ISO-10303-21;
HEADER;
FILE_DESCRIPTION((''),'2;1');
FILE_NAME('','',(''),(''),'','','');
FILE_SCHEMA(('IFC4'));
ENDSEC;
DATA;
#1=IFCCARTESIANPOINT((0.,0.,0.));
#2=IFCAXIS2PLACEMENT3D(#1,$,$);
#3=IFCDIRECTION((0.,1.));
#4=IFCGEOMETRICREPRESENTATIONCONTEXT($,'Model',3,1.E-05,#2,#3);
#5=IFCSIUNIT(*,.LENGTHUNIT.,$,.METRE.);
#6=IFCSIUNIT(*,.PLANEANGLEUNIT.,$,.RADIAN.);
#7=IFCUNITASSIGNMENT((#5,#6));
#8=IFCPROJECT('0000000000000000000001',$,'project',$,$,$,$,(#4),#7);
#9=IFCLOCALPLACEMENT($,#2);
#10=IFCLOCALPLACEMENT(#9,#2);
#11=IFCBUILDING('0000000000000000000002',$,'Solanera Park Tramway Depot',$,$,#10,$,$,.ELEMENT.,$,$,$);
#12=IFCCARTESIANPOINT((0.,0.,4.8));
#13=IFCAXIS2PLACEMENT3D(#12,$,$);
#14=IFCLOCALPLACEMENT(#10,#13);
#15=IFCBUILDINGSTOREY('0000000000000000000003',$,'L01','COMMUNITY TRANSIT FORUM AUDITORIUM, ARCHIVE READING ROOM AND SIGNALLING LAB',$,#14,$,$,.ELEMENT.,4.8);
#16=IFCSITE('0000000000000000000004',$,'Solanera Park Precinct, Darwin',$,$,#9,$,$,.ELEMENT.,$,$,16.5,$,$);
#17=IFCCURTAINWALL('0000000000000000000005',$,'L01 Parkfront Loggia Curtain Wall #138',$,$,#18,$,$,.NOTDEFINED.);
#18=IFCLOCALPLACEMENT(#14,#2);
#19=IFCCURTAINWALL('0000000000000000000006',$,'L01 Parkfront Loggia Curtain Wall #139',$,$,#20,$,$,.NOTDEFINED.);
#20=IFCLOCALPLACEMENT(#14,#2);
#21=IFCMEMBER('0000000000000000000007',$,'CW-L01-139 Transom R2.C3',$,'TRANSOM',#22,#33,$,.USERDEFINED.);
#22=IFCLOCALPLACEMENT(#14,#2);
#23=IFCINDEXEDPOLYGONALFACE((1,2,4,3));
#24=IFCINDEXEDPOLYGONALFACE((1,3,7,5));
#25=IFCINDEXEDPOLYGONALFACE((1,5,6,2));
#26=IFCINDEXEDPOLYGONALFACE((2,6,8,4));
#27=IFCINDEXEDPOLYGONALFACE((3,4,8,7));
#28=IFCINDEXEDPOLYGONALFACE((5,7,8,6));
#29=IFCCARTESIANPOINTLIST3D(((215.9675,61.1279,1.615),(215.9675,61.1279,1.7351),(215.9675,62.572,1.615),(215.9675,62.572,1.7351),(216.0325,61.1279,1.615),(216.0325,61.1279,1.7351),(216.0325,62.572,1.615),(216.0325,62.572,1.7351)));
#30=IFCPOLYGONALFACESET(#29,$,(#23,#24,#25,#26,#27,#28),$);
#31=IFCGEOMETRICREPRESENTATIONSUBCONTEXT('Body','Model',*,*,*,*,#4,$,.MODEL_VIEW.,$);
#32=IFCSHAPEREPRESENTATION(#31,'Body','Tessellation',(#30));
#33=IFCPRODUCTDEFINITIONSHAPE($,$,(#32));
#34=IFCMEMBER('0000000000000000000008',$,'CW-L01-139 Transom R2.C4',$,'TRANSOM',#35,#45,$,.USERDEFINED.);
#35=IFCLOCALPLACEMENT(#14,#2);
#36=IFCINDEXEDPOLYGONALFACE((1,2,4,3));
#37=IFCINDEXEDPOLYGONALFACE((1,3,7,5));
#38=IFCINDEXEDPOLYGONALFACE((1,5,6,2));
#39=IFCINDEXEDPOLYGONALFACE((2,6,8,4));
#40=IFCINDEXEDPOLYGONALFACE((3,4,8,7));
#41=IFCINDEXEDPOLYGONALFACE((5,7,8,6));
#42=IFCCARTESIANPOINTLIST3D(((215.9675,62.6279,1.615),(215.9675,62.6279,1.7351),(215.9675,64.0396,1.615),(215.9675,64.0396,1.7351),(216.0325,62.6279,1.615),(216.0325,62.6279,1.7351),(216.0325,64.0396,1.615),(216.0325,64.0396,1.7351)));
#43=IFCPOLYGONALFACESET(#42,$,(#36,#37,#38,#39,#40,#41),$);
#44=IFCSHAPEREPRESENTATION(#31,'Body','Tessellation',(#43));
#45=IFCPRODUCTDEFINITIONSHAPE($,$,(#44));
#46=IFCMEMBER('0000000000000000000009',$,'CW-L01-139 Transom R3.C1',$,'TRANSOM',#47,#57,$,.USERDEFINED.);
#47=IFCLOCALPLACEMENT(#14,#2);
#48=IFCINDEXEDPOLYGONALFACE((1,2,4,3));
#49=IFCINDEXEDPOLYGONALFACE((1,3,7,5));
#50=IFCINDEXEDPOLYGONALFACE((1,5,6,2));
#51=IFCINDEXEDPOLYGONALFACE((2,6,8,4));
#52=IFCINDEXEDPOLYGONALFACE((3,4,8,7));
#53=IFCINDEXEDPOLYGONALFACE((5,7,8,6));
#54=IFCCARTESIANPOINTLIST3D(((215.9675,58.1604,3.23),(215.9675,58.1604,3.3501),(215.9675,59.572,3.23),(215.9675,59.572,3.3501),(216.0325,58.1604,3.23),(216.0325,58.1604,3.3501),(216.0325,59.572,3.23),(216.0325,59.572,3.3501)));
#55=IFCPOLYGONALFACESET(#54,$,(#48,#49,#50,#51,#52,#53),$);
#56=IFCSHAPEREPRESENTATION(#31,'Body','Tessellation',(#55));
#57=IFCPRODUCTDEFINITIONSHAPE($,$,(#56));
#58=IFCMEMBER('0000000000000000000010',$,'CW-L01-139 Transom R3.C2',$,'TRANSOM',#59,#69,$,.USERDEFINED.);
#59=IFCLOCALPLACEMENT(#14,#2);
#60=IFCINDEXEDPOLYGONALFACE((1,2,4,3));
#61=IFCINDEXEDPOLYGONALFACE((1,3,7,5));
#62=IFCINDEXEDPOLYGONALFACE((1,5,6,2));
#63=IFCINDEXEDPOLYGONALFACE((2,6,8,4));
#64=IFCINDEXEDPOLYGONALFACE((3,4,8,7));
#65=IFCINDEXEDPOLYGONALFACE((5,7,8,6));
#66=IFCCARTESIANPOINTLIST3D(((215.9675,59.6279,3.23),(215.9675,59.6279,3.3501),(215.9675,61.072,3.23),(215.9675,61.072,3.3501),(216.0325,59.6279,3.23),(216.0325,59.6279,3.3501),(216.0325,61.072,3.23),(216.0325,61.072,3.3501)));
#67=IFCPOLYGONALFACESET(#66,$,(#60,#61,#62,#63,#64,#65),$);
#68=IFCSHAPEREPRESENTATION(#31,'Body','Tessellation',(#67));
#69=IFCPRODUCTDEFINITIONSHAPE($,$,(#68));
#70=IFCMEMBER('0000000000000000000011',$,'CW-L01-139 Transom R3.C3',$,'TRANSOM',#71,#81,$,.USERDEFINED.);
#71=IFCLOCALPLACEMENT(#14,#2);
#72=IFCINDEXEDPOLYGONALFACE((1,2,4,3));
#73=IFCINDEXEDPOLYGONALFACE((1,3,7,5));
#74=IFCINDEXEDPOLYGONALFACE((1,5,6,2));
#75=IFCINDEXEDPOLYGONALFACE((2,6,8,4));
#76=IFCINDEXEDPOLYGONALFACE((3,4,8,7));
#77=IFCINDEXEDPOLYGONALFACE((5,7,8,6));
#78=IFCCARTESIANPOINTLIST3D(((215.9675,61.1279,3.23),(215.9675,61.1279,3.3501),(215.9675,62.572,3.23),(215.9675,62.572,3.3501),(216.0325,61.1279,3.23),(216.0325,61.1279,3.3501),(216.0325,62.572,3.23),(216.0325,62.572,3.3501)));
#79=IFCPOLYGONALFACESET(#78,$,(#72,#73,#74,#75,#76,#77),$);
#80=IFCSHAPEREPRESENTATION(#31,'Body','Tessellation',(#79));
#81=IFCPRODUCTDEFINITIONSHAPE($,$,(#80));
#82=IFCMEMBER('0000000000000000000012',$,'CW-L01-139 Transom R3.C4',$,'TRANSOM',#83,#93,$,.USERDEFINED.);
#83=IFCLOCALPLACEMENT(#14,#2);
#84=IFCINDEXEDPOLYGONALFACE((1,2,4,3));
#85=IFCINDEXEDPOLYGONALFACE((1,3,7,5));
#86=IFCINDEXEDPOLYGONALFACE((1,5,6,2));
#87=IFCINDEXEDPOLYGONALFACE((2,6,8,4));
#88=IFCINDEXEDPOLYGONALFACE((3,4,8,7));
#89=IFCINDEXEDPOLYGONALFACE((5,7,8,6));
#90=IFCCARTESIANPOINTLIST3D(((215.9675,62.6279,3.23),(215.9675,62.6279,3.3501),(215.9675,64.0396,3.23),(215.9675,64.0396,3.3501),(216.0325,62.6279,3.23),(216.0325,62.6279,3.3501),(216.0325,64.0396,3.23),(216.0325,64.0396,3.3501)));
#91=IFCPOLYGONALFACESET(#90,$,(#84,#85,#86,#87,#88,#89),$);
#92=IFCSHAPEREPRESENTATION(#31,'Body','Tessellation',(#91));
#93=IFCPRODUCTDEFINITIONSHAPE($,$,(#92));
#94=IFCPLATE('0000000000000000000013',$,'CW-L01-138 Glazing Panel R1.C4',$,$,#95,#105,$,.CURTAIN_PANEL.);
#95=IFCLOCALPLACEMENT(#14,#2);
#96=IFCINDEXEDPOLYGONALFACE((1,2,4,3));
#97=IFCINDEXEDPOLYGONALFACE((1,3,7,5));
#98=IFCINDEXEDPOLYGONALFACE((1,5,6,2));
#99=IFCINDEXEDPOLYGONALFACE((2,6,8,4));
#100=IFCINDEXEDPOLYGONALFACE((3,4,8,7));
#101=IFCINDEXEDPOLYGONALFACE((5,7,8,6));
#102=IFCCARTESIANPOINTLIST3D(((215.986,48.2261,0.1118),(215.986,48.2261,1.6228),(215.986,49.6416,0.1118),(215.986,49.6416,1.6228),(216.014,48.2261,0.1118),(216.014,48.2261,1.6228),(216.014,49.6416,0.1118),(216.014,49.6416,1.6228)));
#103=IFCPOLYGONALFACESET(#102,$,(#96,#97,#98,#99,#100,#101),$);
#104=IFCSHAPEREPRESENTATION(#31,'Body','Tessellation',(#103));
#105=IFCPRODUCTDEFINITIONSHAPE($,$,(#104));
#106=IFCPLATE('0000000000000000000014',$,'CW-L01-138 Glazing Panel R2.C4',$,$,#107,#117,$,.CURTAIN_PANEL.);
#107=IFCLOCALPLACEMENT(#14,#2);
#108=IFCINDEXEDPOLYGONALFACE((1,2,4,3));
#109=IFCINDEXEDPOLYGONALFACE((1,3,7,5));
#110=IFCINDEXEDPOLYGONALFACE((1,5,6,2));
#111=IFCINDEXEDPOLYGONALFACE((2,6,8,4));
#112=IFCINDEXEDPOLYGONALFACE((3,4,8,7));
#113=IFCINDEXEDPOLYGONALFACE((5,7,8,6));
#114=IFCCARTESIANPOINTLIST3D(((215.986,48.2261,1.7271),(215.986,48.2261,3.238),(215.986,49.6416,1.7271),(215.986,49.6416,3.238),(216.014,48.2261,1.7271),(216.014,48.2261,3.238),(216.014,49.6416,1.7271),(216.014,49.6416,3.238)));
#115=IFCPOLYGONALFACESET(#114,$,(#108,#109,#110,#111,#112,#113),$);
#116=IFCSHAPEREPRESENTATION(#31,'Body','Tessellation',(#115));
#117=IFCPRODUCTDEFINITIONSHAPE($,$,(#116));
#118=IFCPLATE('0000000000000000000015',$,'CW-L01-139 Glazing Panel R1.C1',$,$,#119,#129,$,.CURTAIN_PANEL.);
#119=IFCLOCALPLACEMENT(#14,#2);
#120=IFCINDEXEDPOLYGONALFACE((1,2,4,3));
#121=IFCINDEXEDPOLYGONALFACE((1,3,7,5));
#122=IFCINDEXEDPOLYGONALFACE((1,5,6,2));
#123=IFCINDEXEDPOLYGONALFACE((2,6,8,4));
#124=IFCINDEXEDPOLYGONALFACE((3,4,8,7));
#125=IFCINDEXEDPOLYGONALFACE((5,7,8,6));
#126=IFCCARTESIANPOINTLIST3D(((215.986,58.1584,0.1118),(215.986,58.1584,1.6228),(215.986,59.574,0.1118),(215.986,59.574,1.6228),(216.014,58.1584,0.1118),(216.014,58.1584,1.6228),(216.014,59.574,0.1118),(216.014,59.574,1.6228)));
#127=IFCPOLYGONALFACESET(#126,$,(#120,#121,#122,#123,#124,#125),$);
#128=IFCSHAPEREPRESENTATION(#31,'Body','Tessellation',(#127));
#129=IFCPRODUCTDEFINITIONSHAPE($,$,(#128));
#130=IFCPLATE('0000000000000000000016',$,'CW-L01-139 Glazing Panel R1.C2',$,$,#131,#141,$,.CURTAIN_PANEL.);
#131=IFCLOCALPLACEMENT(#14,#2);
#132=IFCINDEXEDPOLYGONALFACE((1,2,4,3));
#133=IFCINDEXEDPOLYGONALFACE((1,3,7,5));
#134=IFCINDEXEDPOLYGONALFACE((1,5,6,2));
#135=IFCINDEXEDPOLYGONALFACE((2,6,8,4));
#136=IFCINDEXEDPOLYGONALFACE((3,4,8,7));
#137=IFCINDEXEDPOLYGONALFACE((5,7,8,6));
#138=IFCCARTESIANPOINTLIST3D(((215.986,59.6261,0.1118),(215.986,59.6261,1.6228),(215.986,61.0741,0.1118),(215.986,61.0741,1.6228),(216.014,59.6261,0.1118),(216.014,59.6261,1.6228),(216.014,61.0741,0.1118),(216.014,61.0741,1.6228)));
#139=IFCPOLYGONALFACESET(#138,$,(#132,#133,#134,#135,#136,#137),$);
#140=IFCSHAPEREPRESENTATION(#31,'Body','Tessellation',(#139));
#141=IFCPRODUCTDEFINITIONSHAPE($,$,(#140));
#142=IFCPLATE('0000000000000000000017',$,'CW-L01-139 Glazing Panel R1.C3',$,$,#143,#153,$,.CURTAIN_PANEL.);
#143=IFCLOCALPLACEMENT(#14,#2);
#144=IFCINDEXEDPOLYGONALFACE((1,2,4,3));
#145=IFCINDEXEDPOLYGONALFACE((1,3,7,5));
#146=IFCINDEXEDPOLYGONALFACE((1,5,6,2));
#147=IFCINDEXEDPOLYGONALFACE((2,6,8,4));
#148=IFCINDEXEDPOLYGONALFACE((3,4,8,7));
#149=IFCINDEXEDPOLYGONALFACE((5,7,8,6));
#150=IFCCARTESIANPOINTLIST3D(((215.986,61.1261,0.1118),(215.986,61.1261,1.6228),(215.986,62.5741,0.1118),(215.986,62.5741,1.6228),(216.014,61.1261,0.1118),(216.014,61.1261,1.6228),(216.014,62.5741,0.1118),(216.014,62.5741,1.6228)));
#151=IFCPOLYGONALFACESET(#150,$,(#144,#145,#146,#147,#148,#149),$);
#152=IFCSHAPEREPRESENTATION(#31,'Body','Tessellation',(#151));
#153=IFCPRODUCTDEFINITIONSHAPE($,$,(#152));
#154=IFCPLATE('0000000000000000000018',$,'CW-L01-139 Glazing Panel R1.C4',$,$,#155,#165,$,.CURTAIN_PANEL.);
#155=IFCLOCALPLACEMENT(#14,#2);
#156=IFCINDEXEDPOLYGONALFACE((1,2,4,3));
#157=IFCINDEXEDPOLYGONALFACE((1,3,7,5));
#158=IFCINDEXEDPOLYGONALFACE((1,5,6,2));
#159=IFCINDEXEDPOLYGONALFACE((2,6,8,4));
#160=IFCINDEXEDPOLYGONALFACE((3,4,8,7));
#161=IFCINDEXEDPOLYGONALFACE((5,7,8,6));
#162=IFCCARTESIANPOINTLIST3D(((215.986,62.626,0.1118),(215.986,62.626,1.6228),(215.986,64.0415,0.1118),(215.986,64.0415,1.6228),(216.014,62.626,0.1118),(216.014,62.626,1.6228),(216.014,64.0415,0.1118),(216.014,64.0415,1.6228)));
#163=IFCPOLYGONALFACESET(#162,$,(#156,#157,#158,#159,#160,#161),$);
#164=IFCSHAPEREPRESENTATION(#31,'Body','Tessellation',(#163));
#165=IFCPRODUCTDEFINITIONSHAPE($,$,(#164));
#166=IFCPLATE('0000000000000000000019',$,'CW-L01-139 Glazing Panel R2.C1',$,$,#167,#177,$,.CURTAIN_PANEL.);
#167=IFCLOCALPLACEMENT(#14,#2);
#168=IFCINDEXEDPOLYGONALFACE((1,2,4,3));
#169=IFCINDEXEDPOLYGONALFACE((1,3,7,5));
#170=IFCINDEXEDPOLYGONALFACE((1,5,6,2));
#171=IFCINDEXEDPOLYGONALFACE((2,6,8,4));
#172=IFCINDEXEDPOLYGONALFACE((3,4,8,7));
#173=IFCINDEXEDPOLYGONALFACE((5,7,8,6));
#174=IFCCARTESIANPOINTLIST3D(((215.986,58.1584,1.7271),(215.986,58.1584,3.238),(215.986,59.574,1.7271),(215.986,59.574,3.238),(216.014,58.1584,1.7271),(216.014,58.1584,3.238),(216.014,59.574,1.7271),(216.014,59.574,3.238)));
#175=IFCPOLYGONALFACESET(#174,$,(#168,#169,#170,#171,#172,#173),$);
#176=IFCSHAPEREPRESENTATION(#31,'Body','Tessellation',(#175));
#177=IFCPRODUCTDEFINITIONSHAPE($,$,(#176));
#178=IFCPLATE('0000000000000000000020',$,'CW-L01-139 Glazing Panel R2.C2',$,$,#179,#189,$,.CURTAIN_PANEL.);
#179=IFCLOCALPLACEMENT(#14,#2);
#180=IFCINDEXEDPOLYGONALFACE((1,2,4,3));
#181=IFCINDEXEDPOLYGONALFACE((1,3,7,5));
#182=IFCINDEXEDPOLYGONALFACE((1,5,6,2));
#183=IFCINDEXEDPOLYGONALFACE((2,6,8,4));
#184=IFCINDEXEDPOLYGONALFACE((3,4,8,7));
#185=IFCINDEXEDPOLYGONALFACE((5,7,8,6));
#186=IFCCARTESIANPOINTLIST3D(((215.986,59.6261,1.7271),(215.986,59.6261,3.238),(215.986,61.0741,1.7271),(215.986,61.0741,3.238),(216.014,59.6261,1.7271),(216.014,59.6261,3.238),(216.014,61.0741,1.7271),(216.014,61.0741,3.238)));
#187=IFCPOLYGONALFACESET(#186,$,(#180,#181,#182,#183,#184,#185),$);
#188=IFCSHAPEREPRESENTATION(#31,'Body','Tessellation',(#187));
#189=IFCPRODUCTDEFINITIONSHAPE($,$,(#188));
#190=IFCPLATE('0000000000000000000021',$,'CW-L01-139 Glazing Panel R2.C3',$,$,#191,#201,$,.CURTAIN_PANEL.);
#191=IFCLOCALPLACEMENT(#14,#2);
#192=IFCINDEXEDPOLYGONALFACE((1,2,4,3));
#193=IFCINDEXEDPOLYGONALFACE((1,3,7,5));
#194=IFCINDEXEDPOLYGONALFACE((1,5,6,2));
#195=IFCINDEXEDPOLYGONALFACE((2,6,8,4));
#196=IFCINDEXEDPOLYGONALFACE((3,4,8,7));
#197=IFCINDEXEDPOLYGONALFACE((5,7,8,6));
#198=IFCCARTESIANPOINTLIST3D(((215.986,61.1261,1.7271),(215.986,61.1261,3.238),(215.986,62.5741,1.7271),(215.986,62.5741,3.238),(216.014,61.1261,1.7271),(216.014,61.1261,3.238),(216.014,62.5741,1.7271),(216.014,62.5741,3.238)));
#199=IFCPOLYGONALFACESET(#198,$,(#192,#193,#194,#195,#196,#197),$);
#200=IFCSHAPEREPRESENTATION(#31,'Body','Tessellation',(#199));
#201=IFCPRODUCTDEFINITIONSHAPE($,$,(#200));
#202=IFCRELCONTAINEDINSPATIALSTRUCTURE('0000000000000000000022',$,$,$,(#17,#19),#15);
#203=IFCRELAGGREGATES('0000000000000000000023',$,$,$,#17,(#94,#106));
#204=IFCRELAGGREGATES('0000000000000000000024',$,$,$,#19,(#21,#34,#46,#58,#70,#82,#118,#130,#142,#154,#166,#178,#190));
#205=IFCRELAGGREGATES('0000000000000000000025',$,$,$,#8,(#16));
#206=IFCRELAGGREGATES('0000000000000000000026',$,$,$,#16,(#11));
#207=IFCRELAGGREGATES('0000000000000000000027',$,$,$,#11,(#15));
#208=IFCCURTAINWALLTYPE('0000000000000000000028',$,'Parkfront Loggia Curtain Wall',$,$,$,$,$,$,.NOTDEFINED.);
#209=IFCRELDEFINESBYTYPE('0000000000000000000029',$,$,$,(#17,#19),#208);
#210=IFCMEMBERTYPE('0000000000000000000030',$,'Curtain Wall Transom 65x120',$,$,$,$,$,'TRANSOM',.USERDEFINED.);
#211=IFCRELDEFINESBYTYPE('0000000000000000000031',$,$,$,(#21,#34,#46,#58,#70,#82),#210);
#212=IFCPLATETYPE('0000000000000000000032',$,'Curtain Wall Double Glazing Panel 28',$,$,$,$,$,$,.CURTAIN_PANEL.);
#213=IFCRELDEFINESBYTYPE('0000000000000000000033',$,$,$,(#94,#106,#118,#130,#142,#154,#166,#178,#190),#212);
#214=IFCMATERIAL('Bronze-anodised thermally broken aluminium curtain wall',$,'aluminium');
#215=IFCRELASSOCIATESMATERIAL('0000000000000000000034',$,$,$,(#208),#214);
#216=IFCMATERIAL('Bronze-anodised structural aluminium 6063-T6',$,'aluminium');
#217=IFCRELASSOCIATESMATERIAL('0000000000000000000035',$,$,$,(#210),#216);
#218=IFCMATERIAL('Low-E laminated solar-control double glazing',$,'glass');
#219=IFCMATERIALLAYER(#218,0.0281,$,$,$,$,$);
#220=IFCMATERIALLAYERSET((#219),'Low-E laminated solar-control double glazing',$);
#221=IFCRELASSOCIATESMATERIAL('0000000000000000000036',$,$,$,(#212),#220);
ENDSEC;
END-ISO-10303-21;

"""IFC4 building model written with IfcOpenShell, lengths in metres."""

from ifc_helpers import new_model, si_unit, direction, frame, origin, origin_2d, place, context, subcontext, project, spatial, rectangle, extrude, material, layer, layer_set, material_profile, profile_set, type_object, element, aggregate, save


model = new_model("IFC4")

# Units and contexts
model_context = context("Model", 3, precision=1e-05, world=origin(), true_north=direction((0.0, 1.0)))
body_context = subcontext(model_context, "Body", "Model", "MODEL_VIEW")
ifc_project = project(units=[si_unit("LENGTHUNIT", "METRE"), si_unit("PLANEANGLEUNIT", "RADIAN")], contexts=[model_context])

# Site, building, storey
site_placement = place(None, origin())
site = spatial("IfcSite", under=ifc_project, at=site_placement, Name="Solanera Park Precinct, Darwin", CompositionType="ELEMENT", RefElevation=16.5)
building_placement = place(site_placement, origin())
building = spatial("IfcBuilding", under=site, at=building_placement, Name="Solanera Park Tramway Depot", CompositionType="ELEMENT")
storey_placement = place(building_placement, frame((0.0, 0.0, 4.8)))
storey = spatial("IfcBuildingStorey", under=building, at=storey_placement, Name="L01", Description="COMMUNITY TRANSIT FORUM AUDITORIUM, ARCHIVE READING ROOM AND SIGNALLING LAB", CompositionType="ELEMENT", Elevation=4.8)

# Curtain wall
ifc_material_1 = material(Name="Bronze-anodised thermally broken aluminium curtain wall", Category="aluminium")
curtain_wall_type = type_object("IfcCurtainWallType", Name="Parkfront Loggia Curtain Wall", PredefinedType="NOTDEFINED", material=ifc_material_1)
curtain_wall_1_placement = place(storey_placement, origin())
curtain_wall_1 = element("IfcCurtainWall", 1, at=curtain_wall_1_placement, inside=storey, type_object=curtain_wall_type, Name="L01 Parkfront Loggia Curtain Wall #138", PredefinedType="NOTDEFINED")

# Curtain wall
curtain_wall_2_placement = place(storey_placement, origin())
curtain_wall_2 = element("IfcCurtainWall", 2, at=curtain_wall_2_placement, inside=storey, type_object=curtain_wall_type, Name="L01 Parkfront Loggia Curtain Wall #139", PredefinedType="NOTDEFINED")

# Members
ifc_material_2 = material(Name="Bronze-anodised structural aluminium 6063-T6", Category="aluminium")
ifc_material_profile_1 = material_profile(ifc_material_2, rectangle(XDim=0.0649, YDim=0.1201, at=origin_2d()), Name="Curtain Wall Transom 65x120")
ifc_profile_set_1 = profile_set([ifc_material_profile_1], Name="Bronze-anodised structural aluminium 6063-T6")
member_type_1 = type_object("IfcMemberType", Name="Curtain Wall Transom 65x120", ElementType="TRANSOM", PredefinedType="USERDEFINED", material=ifc_profile_set_1)
member_1_placement = place(storey_placement, frame((216.0, 61.1279, 1.675), z_axis=(0.0, 1.0, 0.0), x_axis=(-1.0, 0.0, 0.0)))
member_1 = element("IfcMember", 3, at=member_1_placement, type_object=member_type_1, Name="CW-L01-139 Transom R2.C3", ObjectType="TRANSOM", PredefinedType="USERDEFINED", context=body_context, shape_type="SweptSolid", body=[
    extrude(rectangle(XDim=0.0649, YDim=0.1201, at=origin_2d()), origin(), (0.0, 0.0, 1.0), 1.4441),
])
member_2_placement = place(storey_placement, frame((216.0, 62.6279, 1.675), z_axis=(0.0, 1.0, 0.0), x_axis=(-1.0, 0.0, 0.0)))
member_2 = element("IfcMember", 4, at=member_2_placement, type_object=member_type_1, Name="CW-L01-139 Transom R2.C4", ObjectType="TRANSOM", PredefinedType="USERDEFINED", context=body_context, shape_type="SweptSolid", body=[
    extrude(rectangle(XDim=0.0649, YDim=0.1201, at=origin_2d()), origin(), (0.0, 0.0, 1.0), 1.4116),
])
member_3_placement = place(storey_placement, frame((216.0, 58.1604, 3.29), z_axis=(0.0, 1.0, 0.0), x_axis=(-1.0, 0.0, 0.0)))
member_3 = element("IfcMember", 5, at=member_3_placement, type_object=member_type_1, Name="CW-L01-139 Transom R3.C1", ObjectType="TRANSOM", PredefinedType="USERDEFINED", context=body_context, shape_type="SweptSolid", body=[
    extrude(rectangle(XDim=0.0649, YDim=0.1201, at=origin_2d()), origin(), (0.0, 0.0, 1.0), 1.4116),
])
member_4_placement = place(storey_placement, frame((216.0, 59.6279, 3.29), z_axis=(0.0, 1.0, 0.0), x_axis=(-1.0, 0.0, 0.0)))
member_4 = element("IfcMember", 6, at=member_4_placement, type_object=member_type_1, Name="CW-L01-139 Transom R3.C2", ObjectType="TRANSOM", PredefinedType="USERDEFINED", context=body_context, shape_type="SweptSolid", body=[
    extrude(rectangle(XDim=0.0649, YDim=0.1201, at=origin_2d()), origin(), (0.0, 0.0, 1.0), 1.4441),
])
member_5_placement = place(storey_placement, frame((216.0, 61.1279, 3.29), z_axis=(0.0, 1.0, 0.0), x_axis=(-1.0, 0.0, 0.0)))
member_5 = element("IfcMember", 7, at=member_5_placement, type_object=member_type_1, Name="CW-L01-139 Transom R3.C3", ObjectType="TRANSOM", PredefinedType="USERDEFINED", context=body_context, shape_type="SweptSolid", body=[
    extrude(rectangle(XDim=0.0649, YDim=0.1201, at=origin_2d()), origin(), (0.0, 0.0, 1.0), 1.4441),
])
member_6_placement = place(storey_placement, frame((216.0, 62.6279, 3.29), z_axis=(0.0, 1.0, 0.0), x_axis=(-1.0, 0.0, 0.0)))
member_6 = element("IfcMember", 8, at=member_6_placement, type_object=member_type_1, Name="CW-L01-139 Transom R3.C4", ObjectType="TRANSOM", PredefinedType="USERDEFINED", context=body_context, shape_type="SweptSolid", body=[
    extrude(rectangle(XDim=0.0649, YDim=0.1201, at=origin_2d()), origin(), (0.0, 0.0, 1.0), 1.4116),
])

# Plates
ifc_material_3 = material(Name="Low-E laminated solar-control double glazing", Category="glass")
ifc_layer = layer(ifc_material_3, 0.0281)
ifc_layer_set = layer_set([ifc_layer], Name="Low-E laminated solar-control double glazing")
plate_type = type_object("IfcPlateType", Name="Curtain Wall Double Glazing Panel 28", PredefinedType="CURTAIN_PANEL", material=ifc_layer_set)
plate_1_placement = place(storey_placement, frame((216.0, 48.9338, 0.1118), z_axis=(0.0, 0.0, 1.0), x_axis=(0.0, 1.0, 0.0)))
plate_1 = element("IfcPlate", 9, at=plate_1_placement, type_object=plate_type, Name="CW-L01-138 Glazing Panel R1.C4", PredefinedType="CURTAIN_PANEL", context=body_context, shape_type="SweptSolid", body=[
    extrude(rectangle(XDim=1.4155, YDim=0.0281, at=origin_2d()), origin(), (0.0, 0.0, 1.0), 1.511),
])
plate_2_placement = place(storey_placement, frame((216.0, 48.9338, 1.7271), z_axis=(0.0, 0.0, 1.0), x_axis=(0.0, 1.0, 0.0)))
plate_2 = element("IfcPlate", 10, at=plate_2_placement, type_object=plate_type, Name="CW-L01-138 Glazing Panel R2.C4", PredefinedType="CURTAIN_PANEL", context=body_context, shape_type="SweptSolid", body=[
    extrude(rectangle(XDim=1.4155, YDim=0.0281, at=origin_2d()), origin(), (0.0, 0.0, 1.0), 1.511),
])
aggregate(curtain_wall_1, [plate_1, plate_2])
plate_3_placement = place(storey_placement, frame((216.0, 58.8662, 0.1118), z_axis=(0.0, 0.0, 1.0), x_axis=(0.0, 1.0, 0.0)))
plate_3 = element("IfcPlate", 11, at=plate_3_placement, type_object=plate_type, Name="CW-L01-139 Glazing Panel R1.C1", PredefinedType="CURTAIN_PANEL", context=body_context, shape_type="SweptSolid", body=[
    extrude(rectangle(XDim=1.4155, YDim=0.0281, at=origin_2d()), origin(), (0.0, 0.0, 1.0), 1.511),
])
plate_4_placement = place(storey_placement, frame((216.0, 60.3501, 0.1118), z_axis=(0.0, 0.0, 1.0), x_axis=(0.0, 1.0, 0.0)))
plate_4 = element("IfcPlate", 12, at=plate_4_placement, type_object=plate_type, Name="CW-L01-139 Glazing Panel R1.C2", PredefinedType="CURTAIN_PANEL", context=body_context, shape_type="SweptSolid", body=[
    extrude(rectangle(XDim=1.448, YDim=0.0281, at=origin_2d()), origin(), (0.0, 0.0, 1.0), 1.511),
])
plate_5_placement = place(storey_placement, frame((216.0, 61.8501, 0.1118), z_axis=(0.0, 0.0, 1.0), x_axis=(0.0, 1.0, 0.0)))
plate_5 = element("IfcPlate", 13, at=plate_5_placement, type_object=plate_type, Name="CW-L01-139 Glazing Panel R1.C3", PredefinedType="CURTAIN_PANEL", context=body_context, shape_type="SweptSolid", body=[
    extrude(rectangle(XDim=1.448, YDim=0.0281, at=origin_2d()), origin(), (0.0, 0.0, 1.0), 1.511),
])
plate_6_placement = place(storey_placement, frame((216.0, 63.3337, 0.1118), z_axis=(0.0, 0.0, 1.0), x_axis=(0.0, 1.0, 0.0)))
plate_6 = element("IfcPlate", 14, at=plate_6_placement, type_object=plate_type, Name="CW-L01-139 Glazing Panel R1.C4", PredefinedType="CURTAIN_PANEL", context=body_context, shape_type="SweptSolid", body=[
    extrude(rectangle(XDim=1.4155, YDim=0.0281, at=origin_2d()), origin(), (0.0, 0.0, 1.0), 1.511),
])
plate_7_placement = place(storey_placement, frame((216.0, 58.8662, 1.7271), z_axis=(0.0, 0.0, 1.0), x_axis=(0.0, 1.0, 0.0)))
plate_7 = element("IfcPlate", 15, at=plate_7_placement, type_object=plate_type, Name="CW-L01-139 Glazing Panel R2.C1", PredefinedType="CURTAIN_PANEL", context=body_context, shape_type="SweptSolid", body=[
    extrude(rectangle(XDim=1.4155, YDim=0.0281, at=origin_2d()), origin(), (0.0, 0.0, 1.0), 1.511),
])
plate_8_placement = place(storey_placement, frame((216.0, 60.3501, 1.7271), z_axis=(0.0, 0.0, 1.0), x_axis=(0.0, 1.0, 0.0)))
plate_8 = element("IfcPlate", 16, at=plate_8_placement, type_object=plate_type, Name="CW-L01-139 Glazing Panel R2.C2", PredefinedType="CURTAIN_PANEL", context=body_context, shape_type="SweptSolid", body=[
    extrude(rectangle(XDim=1.448, YDim=0.0281, at=origin_2d()), origin(), (0.0, 0.0, 1.0), 1.511),
])
plate_9_placement = place(storey_placement, frame((216.0, 61.8501, 1.7271), z_axis=(0.0, 0.0, 1.0), x_axis=(0.0, 1.0, 0.0)))
plate_9 = element("IfcPlate", 17, at=plate_9_placement, type_object=plate_type, Name="CW-L01-139 Glazing Panel R2.C3", PredefinedType="CURTAIN_PANEL", context=body_context, shape_type="SweptSolid", body=[
    extrude(rectangle(XDim=1.448, YDim=0.0281, at=origin_2d()), origin(), (0.0, 0.0, 1.0), 1.511),
])
aggregate(curtain_wall_2, [member_1, member_2, member_3, member_4, member_5, member_6, plate_3, plate_4, plate_5, plate_6, plate_7, plate_8, plate_9])

save(model, "model.ifc")
